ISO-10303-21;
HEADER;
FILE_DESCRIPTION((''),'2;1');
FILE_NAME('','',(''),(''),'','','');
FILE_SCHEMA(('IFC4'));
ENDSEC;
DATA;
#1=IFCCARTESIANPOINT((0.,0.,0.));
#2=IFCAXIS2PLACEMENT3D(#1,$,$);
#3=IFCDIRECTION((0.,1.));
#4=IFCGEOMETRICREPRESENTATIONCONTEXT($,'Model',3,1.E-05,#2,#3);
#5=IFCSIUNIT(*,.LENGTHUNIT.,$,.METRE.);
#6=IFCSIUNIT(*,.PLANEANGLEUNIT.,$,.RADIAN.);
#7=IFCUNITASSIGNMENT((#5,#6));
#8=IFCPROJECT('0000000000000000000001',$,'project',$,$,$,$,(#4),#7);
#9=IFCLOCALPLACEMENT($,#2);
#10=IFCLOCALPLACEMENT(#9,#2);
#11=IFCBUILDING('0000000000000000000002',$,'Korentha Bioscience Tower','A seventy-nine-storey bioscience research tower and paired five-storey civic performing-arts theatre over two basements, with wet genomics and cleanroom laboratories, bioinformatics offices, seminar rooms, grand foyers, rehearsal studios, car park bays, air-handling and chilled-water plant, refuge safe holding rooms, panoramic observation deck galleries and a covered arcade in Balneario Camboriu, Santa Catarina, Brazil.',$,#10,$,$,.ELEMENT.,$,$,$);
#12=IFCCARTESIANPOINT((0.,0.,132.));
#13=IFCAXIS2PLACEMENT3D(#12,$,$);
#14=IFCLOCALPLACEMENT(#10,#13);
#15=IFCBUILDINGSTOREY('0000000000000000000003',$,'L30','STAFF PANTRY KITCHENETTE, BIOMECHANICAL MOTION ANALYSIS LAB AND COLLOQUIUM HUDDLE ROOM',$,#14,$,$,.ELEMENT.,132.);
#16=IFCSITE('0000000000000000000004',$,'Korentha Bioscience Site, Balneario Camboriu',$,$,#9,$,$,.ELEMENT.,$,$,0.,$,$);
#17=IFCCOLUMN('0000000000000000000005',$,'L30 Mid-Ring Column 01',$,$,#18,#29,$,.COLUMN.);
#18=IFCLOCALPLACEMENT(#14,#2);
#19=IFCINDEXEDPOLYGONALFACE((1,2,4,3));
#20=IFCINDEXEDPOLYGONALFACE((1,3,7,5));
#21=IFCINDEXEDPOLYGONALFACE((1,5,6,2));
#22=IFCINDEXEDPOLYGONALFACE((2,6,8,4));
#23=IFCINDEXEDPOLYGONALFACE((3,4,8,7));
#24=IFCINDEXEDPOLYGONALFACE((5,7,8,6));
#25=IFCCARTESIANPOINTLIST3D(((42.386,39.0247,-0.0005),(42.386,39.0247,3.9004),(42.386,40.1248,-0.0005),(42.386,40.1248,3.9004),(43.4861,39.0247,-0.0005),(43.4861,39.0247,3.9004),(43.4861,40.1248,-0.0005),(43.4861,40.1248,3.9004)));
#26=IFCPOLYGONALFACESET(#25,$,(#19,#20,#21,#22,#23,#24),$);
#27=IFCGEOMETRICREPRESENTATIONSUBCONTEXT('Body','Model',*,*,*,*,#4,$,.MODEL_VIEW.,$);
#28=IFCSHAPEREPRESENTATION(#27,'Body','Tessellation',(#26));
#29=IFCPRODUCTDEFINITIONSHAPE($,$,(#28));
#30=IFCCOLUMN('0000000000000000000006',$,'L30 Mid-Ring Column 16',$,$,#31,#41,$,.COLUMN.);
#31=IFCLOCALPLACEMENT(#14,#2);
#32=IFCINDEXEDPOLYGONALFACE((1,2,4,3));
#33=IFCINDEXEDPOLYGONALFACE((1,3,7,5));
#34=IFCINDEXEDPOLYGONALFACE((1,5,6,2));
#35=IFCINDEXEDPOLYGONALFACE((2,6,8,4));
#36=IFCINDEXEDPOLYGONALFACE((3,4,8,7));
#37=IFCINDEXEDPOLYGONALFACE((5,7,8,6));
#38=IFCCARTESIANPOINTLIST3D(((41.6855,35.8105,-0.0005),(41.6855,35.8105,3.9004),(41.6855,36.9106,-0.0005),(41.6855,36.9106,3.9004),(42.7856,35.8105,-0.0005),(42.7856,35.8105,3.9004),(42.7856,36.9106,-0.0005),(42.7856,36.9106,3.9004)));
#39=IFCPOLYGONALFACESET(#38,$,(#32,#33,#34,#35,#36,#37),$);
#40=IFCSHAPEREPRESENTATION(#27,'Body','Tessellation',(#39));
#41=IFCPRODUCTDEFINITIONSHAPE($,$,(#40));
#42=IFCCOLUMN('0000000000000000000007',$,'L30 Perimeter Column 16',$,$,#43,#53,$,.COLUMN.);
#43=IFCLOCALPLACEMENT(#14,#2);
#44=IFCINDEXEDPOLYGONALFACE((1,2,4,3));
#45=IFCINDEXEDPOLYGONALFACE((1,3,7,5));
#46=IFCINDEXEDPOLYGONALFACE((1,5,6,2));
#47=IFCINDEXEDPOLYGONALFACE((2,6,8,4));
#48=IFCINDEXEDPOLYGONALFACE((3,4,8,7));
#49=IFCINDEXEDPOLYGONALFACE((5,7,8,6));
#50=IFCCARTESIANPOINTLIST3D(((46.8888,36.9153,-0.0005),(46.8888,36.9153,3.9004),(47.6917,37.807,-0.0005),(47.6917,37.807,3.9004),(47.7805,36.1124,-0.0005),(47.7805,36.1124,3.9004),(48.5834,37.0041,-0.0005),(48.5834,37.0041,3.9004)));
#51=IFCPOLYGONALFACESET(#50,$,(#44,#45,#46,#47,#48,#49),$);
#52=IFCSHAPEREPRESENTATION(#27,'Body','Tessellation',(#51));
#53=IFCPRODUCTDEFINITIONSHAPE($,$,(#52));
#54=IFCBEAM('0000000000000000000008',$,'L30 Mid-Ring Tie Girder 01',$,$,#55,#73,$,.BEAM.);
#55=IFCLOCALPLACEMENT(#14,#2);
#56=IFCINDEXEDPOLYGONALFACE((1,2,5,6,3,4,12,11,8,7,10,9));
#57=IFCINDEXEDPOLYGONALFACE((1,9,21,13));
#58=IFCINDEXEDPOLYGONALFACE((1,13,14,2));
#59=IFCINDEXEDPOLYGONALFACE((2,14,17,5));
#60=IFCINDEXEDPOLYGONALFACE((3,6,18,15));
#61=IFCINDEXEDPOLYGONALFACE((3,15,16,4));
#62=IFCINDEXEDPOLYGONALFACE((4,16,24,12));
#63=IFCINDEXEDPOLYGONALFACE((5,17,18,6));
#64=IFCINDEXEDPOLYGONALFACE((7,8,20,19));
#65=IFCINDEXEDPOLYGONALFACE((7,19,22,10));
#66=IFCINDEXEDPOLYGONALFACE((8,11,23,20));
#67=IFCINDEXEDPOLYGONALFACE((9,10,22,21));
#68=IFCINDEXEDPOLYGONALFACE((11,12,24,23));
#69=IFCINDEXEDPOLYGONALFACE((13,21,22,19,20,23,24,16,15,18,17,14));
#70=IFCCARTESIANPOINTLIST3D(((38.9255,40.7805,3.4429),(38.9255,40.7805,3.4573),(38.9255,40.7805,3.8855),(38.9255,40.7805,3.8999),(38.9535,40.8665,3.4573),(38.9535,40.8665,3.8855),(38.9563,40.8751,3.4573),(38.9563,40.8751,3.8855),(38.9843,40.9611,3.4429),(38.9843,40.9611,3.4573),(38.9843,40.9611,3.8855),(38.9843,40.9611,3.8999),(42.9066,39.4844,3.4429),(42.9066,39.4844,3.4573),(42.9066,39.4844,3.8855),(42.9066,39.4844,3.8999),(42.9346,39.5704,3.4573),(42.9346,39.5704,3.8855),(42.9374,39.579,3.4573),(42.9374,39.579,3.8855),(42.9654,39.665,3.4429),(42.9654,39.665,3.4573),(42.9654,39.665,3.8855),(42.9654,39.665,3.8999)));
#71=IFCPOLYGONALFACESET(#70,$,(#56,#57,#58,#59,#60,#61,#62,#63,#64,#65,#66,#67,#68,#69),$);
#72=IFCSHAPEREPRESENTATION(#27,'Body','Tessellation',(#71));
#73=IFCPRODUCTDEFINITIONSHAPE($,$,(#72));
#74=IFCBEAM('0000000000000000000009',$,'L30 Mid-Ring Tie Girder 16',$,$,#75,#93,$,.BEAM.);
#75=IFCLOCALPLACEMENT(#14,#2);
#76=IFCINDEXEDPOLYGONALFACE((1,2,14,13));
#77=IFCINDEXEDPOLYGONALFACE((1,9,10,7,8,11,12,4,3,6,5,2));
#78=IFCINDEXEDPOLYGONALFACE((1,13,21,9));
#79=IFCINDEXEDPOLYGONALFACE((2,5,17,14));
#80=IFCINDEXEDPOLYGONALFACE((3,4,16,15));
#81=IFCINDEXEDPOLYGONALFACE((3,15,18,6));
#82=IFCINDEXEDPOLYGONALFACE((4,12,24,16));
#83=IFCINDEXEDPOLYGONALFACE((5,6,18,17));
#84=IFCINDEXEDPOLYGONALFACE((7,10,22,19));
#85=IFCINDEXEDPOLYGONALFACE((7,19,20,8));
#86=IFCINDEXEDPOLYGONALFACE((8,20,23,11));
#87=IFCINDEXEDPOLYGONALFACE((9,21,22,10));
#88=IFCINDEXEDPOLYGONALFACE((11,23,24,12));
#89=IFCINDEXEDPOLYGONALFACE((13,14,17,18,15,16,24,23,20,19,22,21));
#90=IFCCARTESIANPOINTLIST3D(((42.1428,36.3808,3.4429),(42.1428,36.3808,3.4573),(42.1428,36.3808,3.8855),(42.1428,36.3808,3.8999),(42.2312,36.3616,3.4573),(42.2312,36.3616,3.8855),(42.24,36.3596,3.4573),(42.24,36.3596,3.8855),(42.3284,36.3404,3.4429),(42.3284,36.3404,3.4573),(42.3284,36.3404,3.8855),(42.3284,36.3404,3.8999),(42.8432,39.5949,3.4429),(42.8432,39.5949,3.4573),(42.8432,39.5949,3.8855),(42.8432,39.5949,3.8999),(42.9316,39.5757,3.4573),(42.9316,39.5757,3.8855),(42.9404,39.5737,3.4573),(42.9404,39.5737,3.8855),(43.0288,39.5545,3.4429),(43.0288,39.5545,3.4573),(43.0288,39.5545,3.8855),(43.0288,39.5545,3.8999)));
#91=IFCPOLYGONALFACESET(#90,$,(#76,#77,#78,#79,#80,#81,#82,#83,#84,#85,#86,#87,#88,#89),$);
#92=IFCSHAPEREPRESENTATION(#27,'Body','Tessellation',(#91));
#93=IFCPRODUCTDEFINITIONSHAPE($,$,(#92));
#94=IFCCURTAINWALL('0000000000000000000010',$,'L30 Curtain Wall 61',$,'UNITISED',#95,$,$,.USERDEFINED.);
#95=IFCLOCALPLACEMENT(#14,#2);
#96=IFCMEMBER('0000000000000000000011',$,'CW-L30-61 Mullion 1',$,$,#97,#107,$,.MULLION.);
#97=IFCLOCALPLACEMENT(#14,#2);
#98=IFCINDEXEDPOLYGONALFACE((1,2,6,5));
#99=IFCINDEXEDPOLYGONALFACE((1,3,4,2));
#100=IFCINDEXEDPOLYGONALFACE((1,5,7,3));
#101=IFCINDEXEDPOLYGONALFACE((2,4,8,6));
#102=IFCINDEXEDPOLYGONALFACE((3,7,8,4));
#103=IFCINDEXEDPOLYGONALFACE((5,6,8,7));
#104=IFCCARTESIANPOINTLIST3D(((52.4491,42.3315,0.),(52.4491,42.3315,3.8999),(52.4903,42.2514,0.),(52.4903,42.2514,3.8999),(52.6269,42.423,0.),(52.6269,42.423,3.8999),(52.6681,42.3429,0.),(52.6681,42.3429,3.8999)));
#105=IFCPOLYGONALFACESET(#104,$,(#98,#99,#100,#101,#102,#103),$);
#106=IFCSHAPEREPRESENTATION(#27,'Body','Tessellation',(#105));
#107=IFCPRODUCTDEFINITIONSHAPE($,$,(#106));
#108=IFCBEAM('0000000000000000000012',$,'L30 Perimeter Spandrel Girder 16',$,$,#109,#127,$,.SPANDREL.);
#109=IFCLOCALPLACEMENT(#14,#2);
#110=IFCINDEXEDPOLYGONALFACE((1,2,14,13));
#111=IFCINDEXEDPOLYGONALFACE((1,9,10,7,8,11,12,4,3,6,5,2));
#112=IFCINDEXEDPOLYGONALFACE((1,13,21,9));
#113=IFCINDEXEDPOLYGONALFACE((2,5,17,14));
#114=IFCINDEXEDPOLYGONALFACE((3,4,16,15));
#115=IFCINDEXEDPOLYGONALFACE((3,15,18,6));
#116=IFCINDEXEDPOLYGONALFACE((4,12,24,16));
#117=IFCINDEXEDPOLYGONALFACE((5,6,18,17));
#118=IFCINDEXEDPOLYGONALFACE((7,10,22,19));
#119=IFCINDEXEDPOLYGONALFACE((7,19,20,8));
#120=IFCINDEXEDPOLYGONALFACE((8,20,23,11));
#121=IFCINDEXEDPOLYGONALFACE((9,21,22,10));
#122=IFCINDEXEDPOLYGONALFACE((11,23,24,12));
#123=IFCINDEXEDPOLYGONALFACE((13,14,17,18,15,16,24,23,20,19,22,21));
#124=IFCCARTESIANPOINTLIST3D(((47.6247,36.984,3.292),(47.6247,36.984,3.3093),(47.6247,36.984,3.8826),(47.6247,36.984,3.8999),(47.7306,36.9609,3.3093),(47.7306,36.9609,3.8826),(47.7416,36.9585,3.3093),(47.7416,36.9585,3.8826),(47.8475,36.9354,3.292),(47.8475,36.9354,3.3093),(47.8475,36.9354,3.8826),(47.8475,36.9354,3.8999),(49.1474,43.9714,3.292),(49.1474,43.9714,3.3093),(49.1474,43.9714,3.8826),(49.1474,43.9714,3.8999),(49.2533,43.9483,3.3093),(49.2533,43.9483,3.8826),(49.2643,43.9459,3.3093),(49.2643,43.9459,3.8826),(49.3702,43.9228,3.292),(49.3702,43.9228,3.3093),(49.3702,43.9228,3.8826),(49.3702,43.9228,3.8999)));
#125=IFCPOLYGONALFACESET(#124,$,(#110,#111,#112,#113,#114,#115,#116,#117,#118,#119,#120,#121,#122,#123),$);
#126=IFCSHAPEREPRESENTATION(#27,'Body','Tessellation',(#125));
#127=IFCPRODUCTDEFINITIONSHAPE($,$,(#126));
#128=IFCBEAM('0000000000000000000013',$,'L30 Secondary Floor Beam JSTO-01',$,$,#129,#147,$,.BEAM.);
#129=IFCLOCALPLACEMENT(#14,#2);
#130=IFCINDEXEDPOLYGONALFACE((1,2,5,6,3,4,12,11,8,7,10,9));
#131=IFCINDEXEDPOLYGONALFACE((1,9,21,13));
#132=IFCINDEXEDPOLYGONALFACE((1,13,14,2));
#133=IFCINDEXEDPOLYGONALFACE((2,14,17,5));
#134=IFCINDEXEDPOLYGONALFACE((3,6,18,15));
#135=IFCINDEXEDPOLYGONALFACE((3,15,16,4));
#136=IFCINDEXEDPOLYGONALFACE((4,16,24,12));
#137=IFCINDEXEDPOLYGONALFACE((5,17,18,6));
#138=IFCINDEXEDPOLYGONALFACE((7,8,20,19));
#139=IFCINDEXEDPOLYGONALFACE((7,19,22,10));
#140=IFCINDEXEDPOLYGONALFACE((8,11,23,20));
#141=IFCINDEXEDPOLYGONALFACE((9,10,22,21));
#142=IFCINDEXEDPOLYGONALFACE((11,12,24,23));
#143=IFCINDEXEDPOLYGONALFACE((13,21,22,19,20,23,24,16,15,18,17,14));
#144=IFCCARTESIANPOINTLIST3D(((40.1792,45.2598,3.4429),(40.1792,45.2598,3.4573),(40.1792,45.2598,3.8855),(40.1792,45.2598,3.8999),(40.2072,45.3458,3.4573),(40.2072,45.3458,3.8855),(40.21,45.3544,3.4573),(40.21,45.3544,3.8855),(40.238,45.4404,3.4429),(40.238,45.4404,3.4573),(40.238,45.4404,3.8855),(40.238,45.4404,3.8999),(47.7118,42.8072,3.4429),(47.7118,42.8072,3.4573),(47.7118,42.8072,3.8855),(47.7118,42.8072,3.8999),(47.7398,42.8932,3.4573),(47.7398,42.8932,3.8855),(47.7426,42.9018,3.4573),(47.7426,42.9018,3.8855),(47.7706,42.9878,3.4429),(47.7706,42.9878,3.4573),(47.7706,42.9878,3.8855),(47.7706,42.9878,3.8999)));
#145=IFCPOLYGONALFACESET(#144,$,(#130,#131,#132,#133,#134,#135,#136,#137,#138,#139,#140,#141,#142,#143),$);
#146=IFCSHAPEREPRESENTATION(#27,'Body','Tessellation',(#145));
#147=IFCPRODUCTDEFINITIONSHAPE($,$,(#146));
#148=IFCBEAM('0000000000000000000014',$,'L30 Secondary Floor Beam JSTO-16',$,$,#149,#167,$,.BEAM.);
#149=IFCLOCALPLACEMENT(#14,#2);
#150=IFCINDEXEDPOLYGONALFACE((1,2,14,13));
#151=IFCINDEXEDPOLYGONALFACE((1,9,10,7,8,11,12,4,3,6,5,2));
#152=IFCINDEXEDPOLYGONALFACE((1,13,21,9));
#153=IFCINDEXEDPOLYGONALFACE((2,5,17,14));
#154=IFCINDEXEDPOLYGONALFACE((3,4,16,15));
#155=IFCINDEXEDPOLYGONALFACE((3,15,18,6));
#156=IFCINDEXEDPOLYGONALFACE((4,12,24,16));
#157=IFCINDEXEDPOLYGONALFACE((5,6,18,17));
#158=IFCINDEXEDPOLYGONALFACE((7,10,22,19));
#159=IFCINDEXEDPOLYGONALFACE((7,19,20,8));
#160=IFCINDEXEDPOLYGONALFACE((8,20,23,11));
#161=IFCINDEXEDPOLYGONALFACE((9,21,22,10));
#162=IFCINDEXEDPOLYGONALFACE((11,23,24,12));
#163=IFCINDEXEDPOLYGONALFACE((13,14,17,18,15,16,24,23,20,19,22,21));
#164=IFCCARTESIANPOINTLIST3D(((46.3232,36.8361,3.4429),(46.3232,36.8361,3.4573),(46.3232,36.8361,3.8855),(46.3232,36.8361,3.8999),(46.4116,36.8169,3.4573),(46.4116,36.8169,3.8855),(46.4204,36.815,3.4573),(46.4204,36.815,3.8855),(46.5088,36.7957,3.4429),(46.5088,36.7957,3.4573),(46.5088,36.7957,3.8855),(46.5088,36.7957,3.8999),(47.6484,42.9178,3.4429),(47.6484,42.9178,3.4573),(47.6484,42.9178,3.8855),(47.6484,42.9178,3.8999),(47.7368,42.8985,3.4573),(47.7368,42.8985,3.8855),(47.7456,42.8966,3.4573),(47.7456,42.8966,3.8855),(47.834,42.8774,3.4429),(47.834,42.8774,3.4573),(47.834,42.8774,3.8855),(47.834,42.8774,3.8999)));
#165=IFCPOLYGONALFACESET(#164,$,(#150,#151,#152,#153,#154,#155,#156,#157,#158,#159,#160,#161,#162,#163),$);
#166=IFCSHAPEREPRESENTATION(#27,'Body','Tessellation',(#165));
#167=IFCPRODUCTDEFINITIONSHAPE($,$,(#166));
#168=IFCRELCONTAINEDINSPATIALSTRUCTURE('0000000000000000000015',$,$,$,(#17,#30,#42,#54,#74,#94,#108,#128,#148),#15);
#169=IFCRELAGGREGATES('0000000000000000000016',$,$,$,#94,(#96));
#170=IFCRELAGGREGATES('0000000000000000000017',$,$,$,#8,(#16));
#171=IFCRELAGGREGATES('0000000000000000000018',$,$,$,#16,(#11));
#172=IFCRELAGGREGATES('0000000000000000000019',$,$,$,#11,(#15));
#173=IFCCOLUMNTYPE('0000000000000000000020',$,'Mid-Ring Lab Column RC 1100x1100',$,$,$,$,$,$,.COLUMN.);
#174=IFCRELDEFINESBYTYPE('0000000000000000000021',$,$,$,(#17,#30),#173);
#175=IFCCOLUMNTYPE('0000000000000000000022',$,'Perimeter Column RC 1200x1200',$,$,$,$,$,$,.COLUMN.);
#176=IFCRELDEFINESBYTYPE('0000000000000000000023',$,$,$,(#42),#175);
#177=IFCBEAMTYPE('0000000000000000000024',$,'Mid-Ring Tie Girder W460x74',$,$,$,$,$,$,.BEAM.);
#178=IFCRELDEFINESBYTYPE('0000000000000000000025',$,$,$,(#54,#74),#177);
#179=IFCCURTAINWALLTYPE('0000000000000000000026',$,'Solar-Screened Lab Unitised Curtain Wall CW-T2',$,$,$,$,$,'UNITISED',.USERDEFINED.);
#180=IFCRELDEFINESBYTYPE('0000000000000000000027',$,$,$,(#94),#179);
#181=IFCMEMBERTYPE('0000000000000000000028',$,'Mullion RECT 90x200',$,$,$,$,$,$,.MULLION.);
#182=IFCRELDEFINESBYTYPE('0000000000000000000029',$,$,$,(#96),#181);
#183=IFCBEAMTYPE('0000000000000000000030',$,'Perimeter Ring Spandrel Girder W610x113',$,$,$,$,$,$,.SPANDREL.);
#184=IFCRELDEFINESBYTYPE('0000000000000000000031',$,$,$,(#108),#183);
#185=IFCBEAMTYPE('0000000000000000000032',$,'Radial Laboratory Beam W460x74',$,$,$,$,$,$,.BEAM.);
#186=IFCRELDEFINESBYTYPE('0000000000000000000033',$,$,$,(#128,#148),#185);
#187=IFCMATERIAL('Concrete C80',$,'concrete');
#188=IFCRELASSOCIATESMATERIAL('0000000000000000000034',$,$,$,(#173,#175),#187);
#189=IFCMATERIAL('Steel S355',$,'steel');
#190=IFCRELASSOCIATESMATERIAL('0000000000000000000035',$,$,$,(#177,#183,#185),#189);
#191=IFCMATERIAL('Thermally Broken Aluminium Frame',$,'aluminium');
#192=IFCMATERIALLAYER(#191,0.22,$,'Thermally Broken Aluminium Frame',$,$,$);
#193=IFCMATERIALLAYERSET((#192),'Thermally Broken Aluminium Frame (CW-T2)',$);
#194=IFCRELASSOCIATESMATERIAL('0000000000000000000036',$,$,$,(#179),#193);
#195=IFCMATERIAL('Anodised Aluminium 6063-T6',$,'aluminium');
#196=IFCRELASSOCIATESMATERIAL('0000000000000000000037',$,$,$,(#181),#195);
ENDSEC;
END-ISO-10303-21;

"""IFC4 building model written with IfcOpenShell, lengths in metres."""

from ifc_helpers import new_model, si_unit, direction, frame, origin, origin_2d, place, context, subcontext, project, spatial, rectangle, i_section, extrude, material, layer, layer_set, material_profile, profile_set, type_object, element, aggregate, save


model = new_model("IFC4")

# Units and contexts
model_context = context("Model", 3, precision=1e-05, world=origin(), true_north=direction((0.0, 1.0)))
body_context = subcontext(model_context, "Body", "Model", "MODEL_VIEW")
ifc_project = project(units=[si_unit("LENGTHUNIT", "METRE"), si_unit("PLANEANGLEUNIT", "RADIAN")], contexts=[model_context])

# Site, building, storey
site_placement = place(None, origin())
site = spatial("IfcSite", under=ifc_project, at=site_placement, Name="Korentha Bioscience Site, Balneario Camboriu", CompositionType="ELEMENT", RefElevation=0.0)
building_placement = place(site_placement, origin())
building = spatial("IfcBuilding", under=site, at=building_placement, Name="Korentha Bioscience Tower", Description="A seventy-nine-storey bioscience research tower and paired five-storey civic performing-arts theatre over two basements, with wet genomics and cleanroom laboratories, bioinformatics offices, seminar rooms, grand foyers, rehearsal studios, car park bays, air-handling and chilled-water plant, refuge safe holding rooms, panoramic observation deck galleries and a covered arcade in Balneario Camboriu, Santa Catarina, Brazil.", CompositionType="ELEMENT")
storey_placement = place(building_placement, frame((0.0, 0.0, 132.0)))
storey = spatial("IfcBuildingStorey", under=building, at=storey_placement, Name="L30", Description="STAFF PANTRY KITCHENETTE, BIOMECHANICAL MOTION ANALYSIS LAB AND COLLOQUIUM HUDDLE ROOM", CompositionType="ELEMENT", Elevation=132.0)

# Columns
ifc_material_1 = material(Name="Concrete C80", Category="concrete")
ifc_material_profile_1 = material_profile(ifc_material_1, rectangle(XDim=1.1001, YDim=1.1001, at=origin_2d()), Name="Concrete C80")
ifc_profile_set_1 = profile_set([ifc_material_profile_1], Name="Concrete C80 (COL-MR11)")
column_type_1 = type_object("IfcColumnType", Name="Mid-Ring Lab Column RC 1100x1100", PredefinedType="COLUMN", material=ifc_profile_set_1)
for number, where, z_axis, x_axis, name in (
    (1, (42.936, 39.5747, -0.0005), (0.0, 0.0, 1.0), (1.0, 0.0, 0.0), "L30 Mid-Ring Column 01"),
    (2, (42.2356, 36.3606, -0.0005), (0.0, 0.0, 1.0), (1.0, 0.0, 0.0), "L30 Mid-Ring Column 16"),
):
    element("IfcColumn", number, at=place(storey_placement, frame(where, z_axis=z_axis, x_axis=x_axis)), inside=storey, type_object=column_type_1, Name=name, PredefinedType="COLUMN", context=body_context, shape_type="SweptSolid", body=[
        extrude(rectangle(XDim=1.1001, YDim=1.1001, at=origin_2d()), origin(), (0.0, 0.0, 1.0), 3.9009),
    ])
ifc_material_profile_2 = material_profile(ifc_material_1, rectangle(XDim=1.2, YDim=1.2, at=origin_2d()), Name="Concrete C80")
ifc_profile_set_2 = profile_set([ifc_material_profile_2], Name="Concrete C80 (COL-P12)")
column_type_2 = type_object("IfcColumnType", Name="Perimeter Column RC 1200x1200", PredefinedType="COLUMN", material=ifc_profile_set_2)
column_placement = place(storey_placement, frame((47.7361, 36.9597, -0.0005), z_axis=(0.0, 0.0, 1.0), x_axis=(0.669131, 0.743145, 0.0)))
element("IfcColumn", 3, at=column_placement, inside=storey, type_object=column_type_2, Name="L30 Perimeter Column 16", PredefinedType="COLUMN", context=body_context, shape_type="SweptSolid", body=[
    extrude(rectangle(XDim=1.2, YDim=1.2, at=origin_2d()), origin(), (0.0, 0.0, 1.0), 3.9009),
])

# Beams
ifc_material_2 = material(Name="Steel S355", Category="steel")
ifc_material_profile_3 = material_profile(ifc_material_2, i_section(OverallWidth=0.1899, OverallDepth=0.457, WebThickness=0.009, FlangeThickness=0.0144, at=origin_2d()), Name="Steel S355")
ifc_profile_set_3 = profile_set([ifc_material_profile_3], Name="Steel S355 (MB-460)")
beam_type_1 = type_object("IfcBeamType", Name="Mid-Ring Tie Girder W460x74", PredefinedType="BEAM", material=ifc_profile_set_3)
beam_1_placement = place(storey_placement, frame((42.936, 39.5747, 3.6714), z_axis=(-0.950876, 0.309573, 0.0), x_axis=(-0.309573, -0.950876, 0.0)))
element("IfcBeam", 4, at=beam_1_placement, inside=storey, type_object=beam_type_1, Name="L30 Mid-Ring Tie Girder 01", PredefinedType="BEAM", context=body_context, shape_type="SweptSolid", body=[
    extrude(i_section(OverallWidth=0.1899, OverallDepth=0.457, WebThickness=0.009, FlangeThickness=0.0144, at=origin_2d()), origin(), (0.0, 0.0, 1.0), 4.1868),
])
beam_2_placement = place(storey_placement, frame((42.2356, 36.3606, 3.6714), z_axis=(0.212929, 0.977068, 0.0), x_axis=(-0.977068, 0.212929, 0.0)))
element("IfcBeam", 5, at=beam_2_placement, inside=storey, type_object=beam_type_1, Name="L30 Mid-Ring Tie Girder 16", PredefinedType="BEAM", context=body_context, shape_type="SweptSolid", body=[
    extrude(i_section(OverallWidth=0.1899, OverallDepth=0.457, WebThickness=0.009, FlangeThickness=0.0144, at=origin_2d()), origin(), (0.0, 0.0, 1.0), 3.2896),
])

# Curtain wall, member
ifc_material_3 = material(Name="Thermally Broken Aluminium Frame", Category="aluminium")
ifc_layer_1 = layer(ifc_material_3, 0.22, Name="Thermally Broken Aluminium Frame")
ifc_layer_set_1 = layer_set([ifc_layer_1], Name="Thermally Broken Aluminium Frame (CW-T2)")
curtain_wall_type = type_object("IfcCurtainWallType", Name="Solar-Screened Lab Unitised Curtain Wall CW-T2", ElementType="UNITISED", PredefinedType="USERDEFINED", material=ifc_layer_set_1)
curtain_wall_placement = place(storey_placement, origin())
curtain_wall = element("IfcCurtainWall", 6, at=curtain_wall_placement, inside=storey, type_object=curtain_wall_type, Name="L30 Curtain Wall 61", ObjectType="UNITISED", PredefinedType="USERDEFINED")
ifc_material_4 = material(Name="Anodised Aluminium 6063-T6", Category="aluminium")
ifc_material_profile_4 = material_profile(ifc_material_4, rectangle(XDim=0.0901, YDim=0.2, at=origin_2d()), Name="Anodised Aluminium 6063-T6")
ifc_profile_set_4 = profile_set([ifc_material_profile_4], Name="Anodised Aluminium 6063-T6 (CW-MUL)")
member_type_1 = type_object("IfcMemberType", Name="Mullion RECT 90x200", PredefinedType="MULLION", material=ifc_profile_set_4)
member_1_placement = place(storey_placement, frame((52.5586, 42.3372, 0.0), z_axis=(0.0, 0.0, 1.0), x_axis=(-0.457613, 0.889151, 0.0)))
member_1 = element("IfcMember", 7, at=member_1_placement, type_object=member_type_1, Name="CW-L30-61 Mullion 1", PredefinedType="MULLION", context=body_context, shape_type="SweptSolid", body=[
    extrude(rectangle(XDim=0.0901, YDim=0.2, at=origin_2d()), origin(), (0.0, 0.0, 1.0), 3.8999),
])

# Beams
ifc_material_profile_5 = material_profile(ifc_material_2, i_section(OverallWidth=0.228, OverallDepth=0.6079, WebThickness=0.0112, FlangeThickness=0.0173, at=origin_2d()), Name="Steel S355")
ifc_profile_set_5 = profile_set([ifc_material_profile_5], Name="Steel S355 (SB-610)")
beam_type_2 = type_object("IfcBeamType", Name="Perimeter Ring Spandrel Girder W610x113", PredefinedType="SPANDREL", material=ifc_profile_set_5)
beam_3_placement = place(storey_placement, frame((47.7361, 36.9597, 3.5959), z_axis=(0.212927, 0.977068, 0.0), x_axis=(-0.977068, 0.212927, 0.0)))
element("IfcBeam", 8, at=beam_3_placement, inside=storey, type_object=beam_type_2, Name="L30 Perimeter Spandrel Girder 16", PredefinedType="SPANDREL", context=body_context, shape_type="SweptSolid", body=[
    extrude(i_section(OverallWidth=0.228, OverallDepth=0.6079, WebThickness=0.0112, FlangeThickness=0.0173, at=origin_2d()), origin(), (0.0, 0.0, 1.0), 7.1514),
])
ifc_material_profile_6 = material_profile(ifc_material_2, i_section(OverallWidth=0.1899, OverallDepth=0.457, WebThickness=0.009, FlangeThickness=0.0144, at=origin_2d()), Name="Steel S355")
ifc_profile_set_6 = profile_set([ifc_material_profile_6], Name="Steel S355 (RB-460)")
beam_type_3 = type_object("IfcBeamType", Name="Radial Laboratory Beam W460x74", PredefinedType="BEAM", material=ifc_profile_set_6)
beam_4_placement = place(storey_placement, frame((47.7412, 42.8975, 3.6714), z_axis=(-0.950867, 0.3096, 0.0), x_axis=(-0.3096, -0.950867, 0.0)))
element("IfcBeam", 9, at=beam_4_placement, inside=storey, type_object=beam_type_3, Name="L30 Secondary Floor Beam JSTO-01", PredefinedType="BEAM", context=body_context, shape_type="SweptSolid", body=[
    extrude(i_section(OverallWidth=0.1899, OverallDepth=0.457, WebThickness=0.009, FlangeThickness=0.0144, at=origin_2d()), origin(), (0.0, 0.0, 1.0), 7.9219),
])
beam_5_placement = place(storey_placement, frame((46.416, 36.8159, 3.6714), z_axis=(0.212908, 0.977072, 0.0), x_axis=(-0.977072, 0.212908, 0.0)))
element("IfcBeam", 10, at=beam_5_placement, inside=storey, type_object=beam_type_3, Name="L30 Secondary Floor Beam JSTO-16", PredefinedType="BEAM", context=body_context, shape_type="SweptSolid", body=[
    extrude(i_section(OverallWidth=0.1899, OverallDepth=0.457, WebThickness=0.009, FlangeThickness=0.0144, at=origin_2d()), origin(), (0.0, 0.0, 1.0), 6.2244),
])

aggregate(curtain_wall, [member_1])

save(model, "model.ifc")
